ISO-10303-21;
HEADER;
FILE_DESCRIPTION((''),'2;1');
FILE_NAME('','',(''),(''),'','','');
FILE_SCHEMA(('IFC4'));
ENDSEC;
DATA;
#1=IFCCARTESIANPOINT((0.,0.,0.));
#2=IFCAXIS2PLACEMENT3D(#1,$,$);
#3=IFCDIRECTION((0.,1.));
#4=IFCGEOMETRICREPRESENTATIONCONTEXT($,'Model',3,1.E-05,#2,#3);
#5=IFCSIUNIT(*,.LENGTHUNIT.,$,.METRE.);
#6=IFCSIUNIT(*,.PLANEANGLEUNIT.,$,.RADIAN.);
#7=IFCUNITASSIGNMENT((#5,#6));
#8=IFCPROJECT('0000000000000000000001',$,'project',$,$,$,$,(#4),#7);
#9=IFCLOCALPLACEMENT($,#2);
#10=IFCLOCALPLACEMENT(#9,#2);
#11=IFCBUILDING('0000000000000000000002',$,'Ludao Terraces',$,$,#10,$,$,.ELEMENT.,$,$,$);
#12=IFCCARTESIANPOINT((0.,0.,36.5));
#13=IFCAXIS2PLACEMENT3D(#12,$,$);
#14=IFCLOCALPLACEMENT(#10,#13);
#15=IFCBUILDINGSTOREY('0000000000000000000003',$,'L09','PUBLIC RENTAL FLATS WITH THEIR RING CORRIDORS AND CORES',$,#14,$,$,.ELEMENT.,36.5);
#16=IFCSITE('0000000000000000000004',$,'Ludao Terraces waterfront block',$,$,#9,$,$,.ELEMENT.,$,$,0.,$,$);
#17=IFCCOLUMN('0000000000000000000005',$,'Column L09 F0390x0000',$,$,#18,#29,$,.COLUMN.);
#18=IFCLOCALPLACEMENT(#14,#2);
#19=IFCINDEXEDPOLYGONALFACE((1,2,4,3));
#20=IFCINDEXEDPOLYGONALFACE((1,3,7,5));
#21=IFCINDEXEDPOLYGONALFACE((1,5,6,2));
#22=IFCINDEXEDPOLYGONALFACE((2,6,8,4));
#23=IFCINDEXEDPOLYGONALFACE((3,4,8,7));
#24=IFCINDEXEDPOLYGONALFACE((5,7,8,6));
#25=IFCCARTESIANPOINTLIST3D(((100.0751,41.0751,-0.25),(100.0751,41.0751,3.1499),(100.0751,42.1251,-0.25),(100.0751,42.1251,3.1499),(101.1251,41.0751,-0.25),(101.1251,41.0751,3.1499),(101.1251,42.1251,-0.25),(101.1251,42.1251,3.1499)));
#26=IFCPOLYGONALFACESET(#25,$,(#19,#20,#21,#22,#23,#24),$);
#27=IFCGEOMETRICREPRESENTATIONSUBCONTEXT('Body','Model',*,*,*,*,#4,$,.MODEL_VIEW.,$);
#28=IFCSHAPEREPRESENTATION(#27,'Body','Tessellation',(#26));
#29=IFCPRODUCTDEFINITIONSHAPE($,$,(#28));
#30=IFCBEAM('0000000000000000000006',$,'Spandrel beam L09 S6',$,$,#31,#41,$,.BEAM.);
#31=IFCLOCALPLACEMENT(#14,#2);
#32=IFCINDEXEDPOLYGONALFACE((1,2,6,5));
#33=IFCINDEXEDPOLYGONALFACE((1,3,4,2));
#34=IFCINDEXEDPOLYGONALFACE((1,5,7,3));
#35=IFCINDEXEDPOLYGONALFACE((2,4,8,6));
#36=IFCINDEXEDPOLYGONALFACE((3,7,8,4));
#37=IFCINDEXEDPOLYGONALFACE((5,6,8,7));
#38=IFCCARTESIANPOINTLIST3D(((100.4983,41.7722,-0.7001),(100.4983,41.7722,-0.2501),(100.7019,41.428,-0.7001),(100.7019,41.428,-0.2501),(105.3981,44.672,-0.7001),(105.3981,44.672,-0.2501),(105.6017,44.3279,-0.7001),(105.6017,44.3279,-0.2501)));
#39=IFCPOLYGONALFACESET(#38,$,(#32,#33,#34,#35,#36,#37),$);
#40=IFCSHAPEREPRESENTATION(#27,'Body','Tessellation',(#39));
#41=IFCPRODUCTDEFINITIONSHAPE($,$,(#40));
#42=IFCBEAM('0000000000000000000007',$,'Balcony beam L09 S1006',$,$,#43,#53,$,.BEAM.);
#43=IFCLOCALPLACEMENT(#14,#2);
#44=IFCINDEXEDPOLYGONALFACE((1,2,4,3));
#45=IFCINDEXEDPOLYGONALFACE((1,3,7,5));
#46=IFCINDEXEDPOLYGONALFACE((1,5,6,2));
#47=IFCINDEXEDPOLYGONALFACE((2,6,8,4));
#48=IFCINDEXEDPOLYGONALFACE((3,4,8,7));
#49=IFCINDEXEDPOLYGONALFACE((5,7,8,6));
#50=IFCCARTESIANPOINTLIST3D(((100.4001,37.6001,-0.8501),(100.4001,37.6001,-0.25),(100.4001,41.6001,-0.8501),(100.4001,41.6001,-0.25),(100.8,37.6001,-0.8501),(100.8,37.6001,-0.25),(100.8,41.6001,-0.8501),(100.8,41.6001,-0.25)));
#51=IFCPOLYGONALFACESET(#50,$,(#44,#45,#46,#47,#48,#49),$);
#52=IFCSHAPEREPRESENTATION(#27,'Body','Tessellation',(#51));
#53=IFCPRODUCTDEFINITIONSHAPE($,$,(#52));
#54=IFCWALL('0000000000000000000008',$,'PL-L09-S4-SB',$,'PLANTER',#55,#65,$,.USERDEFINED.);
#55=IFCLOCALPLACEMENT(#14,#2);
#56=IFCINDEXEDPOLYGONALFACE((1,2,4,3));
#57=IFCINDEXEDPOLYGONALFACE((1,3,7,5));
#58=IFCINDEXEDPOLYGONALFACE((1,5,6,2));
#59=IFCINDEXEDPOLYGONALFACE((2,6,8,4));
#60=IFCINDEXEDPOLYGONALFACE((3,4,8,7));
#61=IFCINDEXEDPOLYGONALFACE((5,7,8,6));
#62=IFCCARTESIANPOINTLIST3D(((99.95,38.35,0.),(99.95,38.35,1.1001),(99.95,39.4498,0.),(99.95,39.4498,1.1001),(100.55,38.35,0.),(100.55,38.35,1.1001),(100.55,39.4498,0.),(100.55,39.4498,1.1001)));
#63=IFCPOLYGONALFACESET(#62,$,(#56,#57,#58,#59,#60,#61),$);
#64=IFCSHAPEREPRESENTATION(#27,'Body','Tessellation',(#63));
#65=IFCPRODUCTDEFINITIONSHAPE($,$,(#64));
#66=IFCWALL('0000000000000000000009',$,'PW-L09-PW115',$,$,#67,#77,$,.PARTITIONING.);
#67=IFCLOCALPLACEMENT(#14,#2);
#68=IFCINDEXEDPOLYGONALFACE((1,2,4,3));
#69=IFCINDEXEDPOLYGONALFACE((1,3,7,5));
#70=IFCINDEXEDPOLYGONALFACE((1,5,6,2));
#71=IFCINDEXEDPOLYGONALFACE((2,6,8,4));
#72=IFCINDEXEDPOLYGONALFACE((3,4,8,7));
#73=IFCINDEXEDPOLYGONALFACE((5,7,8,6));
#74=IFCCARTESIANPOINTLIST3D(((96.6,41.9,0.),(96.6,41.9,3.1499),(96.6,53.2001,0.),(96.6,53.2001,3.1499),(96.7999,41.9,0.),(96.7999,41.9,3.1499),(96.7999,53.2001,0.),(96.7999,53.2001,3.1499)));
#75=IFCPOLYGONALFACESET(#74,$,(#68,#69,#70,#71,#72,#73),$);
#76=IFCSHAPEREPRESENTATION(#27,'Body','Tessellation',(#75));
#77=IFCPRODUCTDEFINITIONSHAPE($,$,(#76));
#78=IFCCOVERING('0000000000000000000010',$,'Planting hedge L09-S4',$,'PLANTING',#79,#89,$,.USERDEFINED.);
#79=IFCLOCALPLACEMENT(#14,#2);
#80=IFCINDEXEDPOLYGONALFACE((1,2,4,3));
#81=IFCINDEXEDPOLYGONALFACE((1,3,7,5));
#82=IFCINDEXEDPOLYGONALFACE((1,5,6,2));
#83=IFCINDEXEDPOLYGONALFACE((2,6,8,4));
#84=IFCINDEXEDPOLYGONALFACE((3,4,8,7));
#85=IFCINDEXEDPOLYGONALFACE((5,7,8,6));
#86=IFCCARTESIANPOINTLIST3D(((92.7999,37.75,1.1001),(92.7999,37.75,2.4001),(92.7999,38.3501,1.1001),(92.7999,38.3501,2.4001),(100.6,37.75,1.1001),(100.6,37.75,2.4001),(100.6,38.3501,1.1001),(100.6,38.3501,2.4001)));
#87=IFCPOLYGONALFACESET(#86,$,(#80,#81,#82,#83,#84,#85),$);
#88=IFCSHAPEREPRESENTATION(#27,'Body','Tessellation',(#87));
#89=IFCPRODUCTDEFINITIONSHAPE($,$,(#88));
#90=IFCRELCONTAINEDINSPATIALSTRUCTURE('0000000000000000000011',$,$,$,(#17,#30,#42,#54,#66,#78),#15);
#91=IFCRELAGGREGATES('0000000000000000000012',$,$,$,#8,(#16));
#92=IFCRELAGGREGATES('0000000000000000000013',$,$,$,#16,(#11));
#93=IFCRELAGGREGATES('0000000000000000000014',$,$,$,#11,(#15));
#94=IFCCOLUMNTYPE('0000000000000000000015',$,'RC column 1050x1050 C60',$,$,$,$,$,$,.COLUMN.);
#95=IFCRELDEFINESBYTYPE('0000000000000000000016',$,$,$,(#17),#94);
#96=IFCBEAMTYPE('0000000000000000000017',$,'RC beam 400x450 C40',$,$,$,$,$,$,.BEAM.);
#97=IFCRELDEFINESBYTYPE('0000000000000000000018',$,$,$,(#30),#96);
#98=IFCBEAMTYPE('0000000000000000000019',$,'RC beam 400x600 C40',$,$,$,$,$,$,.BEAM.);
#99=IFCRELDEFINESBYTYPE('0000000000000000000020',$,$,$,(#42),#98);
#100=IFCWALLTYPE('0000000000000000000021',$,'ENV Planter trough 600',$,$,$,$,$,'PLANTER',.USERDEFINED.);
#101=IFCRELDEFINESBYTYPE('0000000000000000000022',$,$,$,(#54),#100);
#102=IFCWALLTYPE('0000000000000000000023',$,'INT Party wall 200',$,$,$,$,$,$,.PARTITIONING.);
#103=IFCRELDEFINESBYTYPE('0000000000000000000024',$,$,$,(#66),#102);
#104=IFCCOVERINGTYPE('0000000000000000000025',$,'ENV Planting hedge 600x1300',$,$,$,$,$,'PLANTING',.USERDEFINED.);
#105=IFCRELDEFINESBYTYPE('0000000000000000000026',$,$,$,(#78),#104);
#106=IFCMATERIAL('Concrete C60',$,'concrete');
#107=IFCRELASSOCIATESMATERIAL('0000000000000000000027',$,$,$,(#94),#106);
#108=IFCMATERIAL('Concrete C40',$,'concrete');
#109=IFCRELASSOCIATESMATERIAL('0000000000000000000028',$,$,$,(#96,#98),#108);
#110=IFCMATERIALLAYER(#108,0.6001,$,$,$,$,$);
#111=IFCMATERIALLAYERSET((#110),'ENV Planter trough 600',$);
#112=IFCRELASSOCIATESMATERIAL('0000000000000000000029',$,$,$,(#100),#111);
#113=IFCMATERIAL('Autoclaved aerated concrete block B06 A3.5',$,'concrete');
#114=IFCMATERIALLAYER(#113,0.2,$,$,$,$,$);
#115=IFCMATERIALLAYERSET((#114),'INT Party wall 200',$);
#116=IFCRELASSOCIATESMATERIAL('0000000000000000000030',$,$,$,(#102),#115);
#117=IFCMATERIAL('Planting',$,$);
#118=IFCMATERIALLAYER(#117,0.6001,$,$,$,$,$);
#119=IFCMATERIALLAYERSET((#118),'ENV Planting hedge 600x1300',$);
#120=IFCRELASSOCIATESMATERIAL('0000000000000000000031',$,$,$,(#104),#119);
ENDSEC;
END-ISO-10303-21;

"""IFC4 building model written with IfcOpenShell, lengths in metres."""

from ifc_helpers import new_model, si_unit, direction, frame, frame_2d, origin, origin_2d, place, context, subcontext, project, spatial, rectangle, extrude, material, layer, layer_set, material_profile, profile_set, type_object, element, save


model = new_model("IFC4")

# Units and contexts
model_context = context("Model", 3, precision=1e-05, world=origin(), true_north=direction((0.0, 1.0)))
body_context = subcontext(model_context, "Body", "Model", "MODEL_VIEW")
ifc_project = project(units=[si_unit("LENGTHUNIT", "METRE"), si_unit("PLANEANGLEUNIT", "RADIAN")], contexts=[model_context])

# Site, building, storey
site_placement = place(None, origin())
site = spatial("IfcSite", under=ifc_project, at=site_placement, Name="Ludao Terraces waterfront block", CompositionType="ELEMENT", RefElevation=0.0)
building_placement = place(site_placement, origin())
building = spatial("IfcBuilding", under=site, at=building_placement, Name="Ludao Terraces", CompositionType="ELEMENT")
storey_placement = place(building_placement, frame((0.0, 0.0, 36.5)))
storey = spatial("IfcBuildingStorey", under=building, at=storey_placement, Name="L09", Description="PUBLIC RENTAL FLATS WITH THEIR RING CORRIDORS AND CORES", CompositionType="ELEMENT", Elevation=36.5)

# Column
ifc_material_1 = material(Name="Concrete C60", Category="concrete")
ifc_material_profile_1 = material_profile(ifc_material_1, rectangle(XDim=1.05, YDim=1.05, at=origin_2d()), Name="1050 X 1050")
ifc_profile_set_1 = profile_set([ifc_material_profile_1], Name="Concrete C60")
column_type = type_object("IfcColumnType", Name="RC column 1050x1050 C60", PredefinedType="COLUMN", material=ifc_profile_set_1)
column_placement = place(storey_placement, frame((100.6001, 41.6001, -0.25), z_axis=(0.0, 0.0, 1.0), x_axis=(1.0, 0.0, 0.0)))
element("IfcColumn", 1, at=column_placement, inside=storey, type_object=column_type, Name="Column L09 F0390x0000", PredefinedType="COLUMN", context=body_context, shape_type="SweptSolid", body=[
    extrude(rectangle(XDim=1.05, YDim=1.05, at=origin_2d()), origin(), (0.0, 0.0, 1.0), 3.3999),
])

# Beams
ifc_material_2 = material(Name="Concrete C40", Category="concrete")
ifc_material_profile_2 = material_profile(ifc_material_2, rectangle(XDim=0.3999, YDim=0.45, at=origin_2d()), Name="400 X 450")
ifc_profile_set_2 = profile_set([ifc_material_profile_2], Name="Concrete C40")
beam_type_1 = type_object("IfcBeamType", Name="RC beam 400x450 C40", PredefinedType="BEAM", material=ifc_profile_set_2)
beam_1_placement = place(storey_placement, frame((100.6001, 41.6001, -0.4751), z_axis=(0.86058, 0.509316, 0.0), x_axis=(-0.509316, 0.86058, 0.0)))
element("IfcBeam", 2, at=beam_1_placement, inside=storey, type_object=beam_type_1, Name="Spandrel beam L09 S6", PredefinedType="BEAM", context=body_context, shape_type="SweptSolid", body=[
    extrude(rectangle(XDim=0.3999, YDim=0.45, at=origin_2d()), origin(), (0.0, 0.0, 1.0), 5.6936),
])
ifc_material_profile_3 = material_profile(ifc_material_2, rectangle(XDim=0.3999, YDim=0.6001, at=origin_2d()), Name="400 X 600")
ifc_profile_set_3 = profile_set([ifc_material_profile_3], Name="Concrete C40")
beam_type_2 = type_object("IfcBeamType", Name="RC beam 400x600 C40", PredefinedType="BEAM", material=ifc_profile_set_3)
beam_2_placement = place(storey_placement, frame((100.6001, 41.6001, -0.55), z_axis=(0.0, -1.0, 0.0), x_axis=(1.0, 0.0, 0.0)))
element("IfcBeam", 3, at=beam_2_placement, inside=storey, type_object=beam_type_2, Name="Balcony beam L09 S1006", PredefinedType="BEAM", context=body_context, shape_type="SweptSolid", body=[
    extrude(rectangle(XDim=0.3999, YDim=0.6001, at=origin_2d()), origin(), (0.0, 0.0, 1.0), 4.0),
])

# Walls
ifc_layer_1 = layer(ifc_material_2, 0.6001)
ifc_layer_set_1 = layer_set([ifc_layer_1], Name="ENV Planter trough 600")
wall_type_1 = type_object("IfcWallType", Name="ENV Planter trough 600", ElementType="PLANTER", PredefinedType="USERDEFINED", material=ifc_layer_set_1)
wall_1_placement = place(storey_placement, frame((100.25, 38.3501, 0.0), z_axis=(0.0, 0.0, 1.0), x_axis=(0.0, 1.0, 0.0)))
element("IfcWall", 4, at=wall_1_placement, inside=storey, type_object=wall_type_1, Name="PL-L09-S4-SB", ObjectType="PLANTER", PredefinedType="USERDEFINED", context=body_context, shape_type="SweptSolid", body=[
    extrude(rectangle(XDim=1.0999, YDim=0.6001, at=frame_2d((0.5498, 0.0))), origin(), (0.0, 0.0, 1.0), 1.1001),
])
ifc_material_3 = material(Name="Autoclaved aerated concrete block B06 A3.5", Category="concrete")
ifc_layer_2 = layer(ifc_material_3, 0.2)
ifc_layer_set_2 = layer_set([ifc_layer_2], Name="INT Party wall 200")
wall_type_2 = type_object("IfcWallType", Name="INT Party wall 200", PredefinedType="PARTITIONING", material=ifc_layer_set_2)
wall_2_placement = place(storey_placement, frame((96.7, 41.9001, 0.0), z_axis=(0.0, 0.0, 1.0), x_axis=(0.0, 1.0, 0.0)))
element("IfcWall", 5, at=wall_2_placement, inside=storey, type_object=wall_type_2, Name="PW-L09-PW115", PredefinedType="PARTITIONING", context=body_context, shape_type="SweptSolid", body=[
    extrude(rectangle(XDim=11.3, YDim=0.2, at=frame_2d((5.6499, 0.0))), origin(), (0.0, 0.0, 1.0), 3.1499),
])

# Covering
ifc_material_4 = material(Name="Planting")
ifc_layer_3 = layer(ifc_material_4, 0.6001)
ifc_layer_set_3 = layer_set([ifc_layer_3], Name="ENV Planting hedge 600x1300")
covering_type = type_object("IfcCoveringType", Name="ENV Planting hedge 600x1300", ElementType="PLANTING", PredefinedType="USERDEFINED", material=ifc_layer_set_3)
covering_placement = place(storey_placement, frame((96.7, 38.05, 1.1001), z_axis=(0.0, 0.0, 1.0), x_axis=(1.0, 0.0, 0.0)))
element("IfcCovering", 6, at=covering_placement, inside=storey, type_object=covering_type, Name="Planting hedge L09-S4", ObjectType="PLANTING", PredefinedType="USERDEFINED", context=body_context, shape_type="SweptSolid", body=[
    extrude(rectangle(XDim=7.8, YDim=0.6001, at=origin_2d()), origin(), (0.0, 0.0, 1.0), 1.3),
])

save(model, "model.ifc")
